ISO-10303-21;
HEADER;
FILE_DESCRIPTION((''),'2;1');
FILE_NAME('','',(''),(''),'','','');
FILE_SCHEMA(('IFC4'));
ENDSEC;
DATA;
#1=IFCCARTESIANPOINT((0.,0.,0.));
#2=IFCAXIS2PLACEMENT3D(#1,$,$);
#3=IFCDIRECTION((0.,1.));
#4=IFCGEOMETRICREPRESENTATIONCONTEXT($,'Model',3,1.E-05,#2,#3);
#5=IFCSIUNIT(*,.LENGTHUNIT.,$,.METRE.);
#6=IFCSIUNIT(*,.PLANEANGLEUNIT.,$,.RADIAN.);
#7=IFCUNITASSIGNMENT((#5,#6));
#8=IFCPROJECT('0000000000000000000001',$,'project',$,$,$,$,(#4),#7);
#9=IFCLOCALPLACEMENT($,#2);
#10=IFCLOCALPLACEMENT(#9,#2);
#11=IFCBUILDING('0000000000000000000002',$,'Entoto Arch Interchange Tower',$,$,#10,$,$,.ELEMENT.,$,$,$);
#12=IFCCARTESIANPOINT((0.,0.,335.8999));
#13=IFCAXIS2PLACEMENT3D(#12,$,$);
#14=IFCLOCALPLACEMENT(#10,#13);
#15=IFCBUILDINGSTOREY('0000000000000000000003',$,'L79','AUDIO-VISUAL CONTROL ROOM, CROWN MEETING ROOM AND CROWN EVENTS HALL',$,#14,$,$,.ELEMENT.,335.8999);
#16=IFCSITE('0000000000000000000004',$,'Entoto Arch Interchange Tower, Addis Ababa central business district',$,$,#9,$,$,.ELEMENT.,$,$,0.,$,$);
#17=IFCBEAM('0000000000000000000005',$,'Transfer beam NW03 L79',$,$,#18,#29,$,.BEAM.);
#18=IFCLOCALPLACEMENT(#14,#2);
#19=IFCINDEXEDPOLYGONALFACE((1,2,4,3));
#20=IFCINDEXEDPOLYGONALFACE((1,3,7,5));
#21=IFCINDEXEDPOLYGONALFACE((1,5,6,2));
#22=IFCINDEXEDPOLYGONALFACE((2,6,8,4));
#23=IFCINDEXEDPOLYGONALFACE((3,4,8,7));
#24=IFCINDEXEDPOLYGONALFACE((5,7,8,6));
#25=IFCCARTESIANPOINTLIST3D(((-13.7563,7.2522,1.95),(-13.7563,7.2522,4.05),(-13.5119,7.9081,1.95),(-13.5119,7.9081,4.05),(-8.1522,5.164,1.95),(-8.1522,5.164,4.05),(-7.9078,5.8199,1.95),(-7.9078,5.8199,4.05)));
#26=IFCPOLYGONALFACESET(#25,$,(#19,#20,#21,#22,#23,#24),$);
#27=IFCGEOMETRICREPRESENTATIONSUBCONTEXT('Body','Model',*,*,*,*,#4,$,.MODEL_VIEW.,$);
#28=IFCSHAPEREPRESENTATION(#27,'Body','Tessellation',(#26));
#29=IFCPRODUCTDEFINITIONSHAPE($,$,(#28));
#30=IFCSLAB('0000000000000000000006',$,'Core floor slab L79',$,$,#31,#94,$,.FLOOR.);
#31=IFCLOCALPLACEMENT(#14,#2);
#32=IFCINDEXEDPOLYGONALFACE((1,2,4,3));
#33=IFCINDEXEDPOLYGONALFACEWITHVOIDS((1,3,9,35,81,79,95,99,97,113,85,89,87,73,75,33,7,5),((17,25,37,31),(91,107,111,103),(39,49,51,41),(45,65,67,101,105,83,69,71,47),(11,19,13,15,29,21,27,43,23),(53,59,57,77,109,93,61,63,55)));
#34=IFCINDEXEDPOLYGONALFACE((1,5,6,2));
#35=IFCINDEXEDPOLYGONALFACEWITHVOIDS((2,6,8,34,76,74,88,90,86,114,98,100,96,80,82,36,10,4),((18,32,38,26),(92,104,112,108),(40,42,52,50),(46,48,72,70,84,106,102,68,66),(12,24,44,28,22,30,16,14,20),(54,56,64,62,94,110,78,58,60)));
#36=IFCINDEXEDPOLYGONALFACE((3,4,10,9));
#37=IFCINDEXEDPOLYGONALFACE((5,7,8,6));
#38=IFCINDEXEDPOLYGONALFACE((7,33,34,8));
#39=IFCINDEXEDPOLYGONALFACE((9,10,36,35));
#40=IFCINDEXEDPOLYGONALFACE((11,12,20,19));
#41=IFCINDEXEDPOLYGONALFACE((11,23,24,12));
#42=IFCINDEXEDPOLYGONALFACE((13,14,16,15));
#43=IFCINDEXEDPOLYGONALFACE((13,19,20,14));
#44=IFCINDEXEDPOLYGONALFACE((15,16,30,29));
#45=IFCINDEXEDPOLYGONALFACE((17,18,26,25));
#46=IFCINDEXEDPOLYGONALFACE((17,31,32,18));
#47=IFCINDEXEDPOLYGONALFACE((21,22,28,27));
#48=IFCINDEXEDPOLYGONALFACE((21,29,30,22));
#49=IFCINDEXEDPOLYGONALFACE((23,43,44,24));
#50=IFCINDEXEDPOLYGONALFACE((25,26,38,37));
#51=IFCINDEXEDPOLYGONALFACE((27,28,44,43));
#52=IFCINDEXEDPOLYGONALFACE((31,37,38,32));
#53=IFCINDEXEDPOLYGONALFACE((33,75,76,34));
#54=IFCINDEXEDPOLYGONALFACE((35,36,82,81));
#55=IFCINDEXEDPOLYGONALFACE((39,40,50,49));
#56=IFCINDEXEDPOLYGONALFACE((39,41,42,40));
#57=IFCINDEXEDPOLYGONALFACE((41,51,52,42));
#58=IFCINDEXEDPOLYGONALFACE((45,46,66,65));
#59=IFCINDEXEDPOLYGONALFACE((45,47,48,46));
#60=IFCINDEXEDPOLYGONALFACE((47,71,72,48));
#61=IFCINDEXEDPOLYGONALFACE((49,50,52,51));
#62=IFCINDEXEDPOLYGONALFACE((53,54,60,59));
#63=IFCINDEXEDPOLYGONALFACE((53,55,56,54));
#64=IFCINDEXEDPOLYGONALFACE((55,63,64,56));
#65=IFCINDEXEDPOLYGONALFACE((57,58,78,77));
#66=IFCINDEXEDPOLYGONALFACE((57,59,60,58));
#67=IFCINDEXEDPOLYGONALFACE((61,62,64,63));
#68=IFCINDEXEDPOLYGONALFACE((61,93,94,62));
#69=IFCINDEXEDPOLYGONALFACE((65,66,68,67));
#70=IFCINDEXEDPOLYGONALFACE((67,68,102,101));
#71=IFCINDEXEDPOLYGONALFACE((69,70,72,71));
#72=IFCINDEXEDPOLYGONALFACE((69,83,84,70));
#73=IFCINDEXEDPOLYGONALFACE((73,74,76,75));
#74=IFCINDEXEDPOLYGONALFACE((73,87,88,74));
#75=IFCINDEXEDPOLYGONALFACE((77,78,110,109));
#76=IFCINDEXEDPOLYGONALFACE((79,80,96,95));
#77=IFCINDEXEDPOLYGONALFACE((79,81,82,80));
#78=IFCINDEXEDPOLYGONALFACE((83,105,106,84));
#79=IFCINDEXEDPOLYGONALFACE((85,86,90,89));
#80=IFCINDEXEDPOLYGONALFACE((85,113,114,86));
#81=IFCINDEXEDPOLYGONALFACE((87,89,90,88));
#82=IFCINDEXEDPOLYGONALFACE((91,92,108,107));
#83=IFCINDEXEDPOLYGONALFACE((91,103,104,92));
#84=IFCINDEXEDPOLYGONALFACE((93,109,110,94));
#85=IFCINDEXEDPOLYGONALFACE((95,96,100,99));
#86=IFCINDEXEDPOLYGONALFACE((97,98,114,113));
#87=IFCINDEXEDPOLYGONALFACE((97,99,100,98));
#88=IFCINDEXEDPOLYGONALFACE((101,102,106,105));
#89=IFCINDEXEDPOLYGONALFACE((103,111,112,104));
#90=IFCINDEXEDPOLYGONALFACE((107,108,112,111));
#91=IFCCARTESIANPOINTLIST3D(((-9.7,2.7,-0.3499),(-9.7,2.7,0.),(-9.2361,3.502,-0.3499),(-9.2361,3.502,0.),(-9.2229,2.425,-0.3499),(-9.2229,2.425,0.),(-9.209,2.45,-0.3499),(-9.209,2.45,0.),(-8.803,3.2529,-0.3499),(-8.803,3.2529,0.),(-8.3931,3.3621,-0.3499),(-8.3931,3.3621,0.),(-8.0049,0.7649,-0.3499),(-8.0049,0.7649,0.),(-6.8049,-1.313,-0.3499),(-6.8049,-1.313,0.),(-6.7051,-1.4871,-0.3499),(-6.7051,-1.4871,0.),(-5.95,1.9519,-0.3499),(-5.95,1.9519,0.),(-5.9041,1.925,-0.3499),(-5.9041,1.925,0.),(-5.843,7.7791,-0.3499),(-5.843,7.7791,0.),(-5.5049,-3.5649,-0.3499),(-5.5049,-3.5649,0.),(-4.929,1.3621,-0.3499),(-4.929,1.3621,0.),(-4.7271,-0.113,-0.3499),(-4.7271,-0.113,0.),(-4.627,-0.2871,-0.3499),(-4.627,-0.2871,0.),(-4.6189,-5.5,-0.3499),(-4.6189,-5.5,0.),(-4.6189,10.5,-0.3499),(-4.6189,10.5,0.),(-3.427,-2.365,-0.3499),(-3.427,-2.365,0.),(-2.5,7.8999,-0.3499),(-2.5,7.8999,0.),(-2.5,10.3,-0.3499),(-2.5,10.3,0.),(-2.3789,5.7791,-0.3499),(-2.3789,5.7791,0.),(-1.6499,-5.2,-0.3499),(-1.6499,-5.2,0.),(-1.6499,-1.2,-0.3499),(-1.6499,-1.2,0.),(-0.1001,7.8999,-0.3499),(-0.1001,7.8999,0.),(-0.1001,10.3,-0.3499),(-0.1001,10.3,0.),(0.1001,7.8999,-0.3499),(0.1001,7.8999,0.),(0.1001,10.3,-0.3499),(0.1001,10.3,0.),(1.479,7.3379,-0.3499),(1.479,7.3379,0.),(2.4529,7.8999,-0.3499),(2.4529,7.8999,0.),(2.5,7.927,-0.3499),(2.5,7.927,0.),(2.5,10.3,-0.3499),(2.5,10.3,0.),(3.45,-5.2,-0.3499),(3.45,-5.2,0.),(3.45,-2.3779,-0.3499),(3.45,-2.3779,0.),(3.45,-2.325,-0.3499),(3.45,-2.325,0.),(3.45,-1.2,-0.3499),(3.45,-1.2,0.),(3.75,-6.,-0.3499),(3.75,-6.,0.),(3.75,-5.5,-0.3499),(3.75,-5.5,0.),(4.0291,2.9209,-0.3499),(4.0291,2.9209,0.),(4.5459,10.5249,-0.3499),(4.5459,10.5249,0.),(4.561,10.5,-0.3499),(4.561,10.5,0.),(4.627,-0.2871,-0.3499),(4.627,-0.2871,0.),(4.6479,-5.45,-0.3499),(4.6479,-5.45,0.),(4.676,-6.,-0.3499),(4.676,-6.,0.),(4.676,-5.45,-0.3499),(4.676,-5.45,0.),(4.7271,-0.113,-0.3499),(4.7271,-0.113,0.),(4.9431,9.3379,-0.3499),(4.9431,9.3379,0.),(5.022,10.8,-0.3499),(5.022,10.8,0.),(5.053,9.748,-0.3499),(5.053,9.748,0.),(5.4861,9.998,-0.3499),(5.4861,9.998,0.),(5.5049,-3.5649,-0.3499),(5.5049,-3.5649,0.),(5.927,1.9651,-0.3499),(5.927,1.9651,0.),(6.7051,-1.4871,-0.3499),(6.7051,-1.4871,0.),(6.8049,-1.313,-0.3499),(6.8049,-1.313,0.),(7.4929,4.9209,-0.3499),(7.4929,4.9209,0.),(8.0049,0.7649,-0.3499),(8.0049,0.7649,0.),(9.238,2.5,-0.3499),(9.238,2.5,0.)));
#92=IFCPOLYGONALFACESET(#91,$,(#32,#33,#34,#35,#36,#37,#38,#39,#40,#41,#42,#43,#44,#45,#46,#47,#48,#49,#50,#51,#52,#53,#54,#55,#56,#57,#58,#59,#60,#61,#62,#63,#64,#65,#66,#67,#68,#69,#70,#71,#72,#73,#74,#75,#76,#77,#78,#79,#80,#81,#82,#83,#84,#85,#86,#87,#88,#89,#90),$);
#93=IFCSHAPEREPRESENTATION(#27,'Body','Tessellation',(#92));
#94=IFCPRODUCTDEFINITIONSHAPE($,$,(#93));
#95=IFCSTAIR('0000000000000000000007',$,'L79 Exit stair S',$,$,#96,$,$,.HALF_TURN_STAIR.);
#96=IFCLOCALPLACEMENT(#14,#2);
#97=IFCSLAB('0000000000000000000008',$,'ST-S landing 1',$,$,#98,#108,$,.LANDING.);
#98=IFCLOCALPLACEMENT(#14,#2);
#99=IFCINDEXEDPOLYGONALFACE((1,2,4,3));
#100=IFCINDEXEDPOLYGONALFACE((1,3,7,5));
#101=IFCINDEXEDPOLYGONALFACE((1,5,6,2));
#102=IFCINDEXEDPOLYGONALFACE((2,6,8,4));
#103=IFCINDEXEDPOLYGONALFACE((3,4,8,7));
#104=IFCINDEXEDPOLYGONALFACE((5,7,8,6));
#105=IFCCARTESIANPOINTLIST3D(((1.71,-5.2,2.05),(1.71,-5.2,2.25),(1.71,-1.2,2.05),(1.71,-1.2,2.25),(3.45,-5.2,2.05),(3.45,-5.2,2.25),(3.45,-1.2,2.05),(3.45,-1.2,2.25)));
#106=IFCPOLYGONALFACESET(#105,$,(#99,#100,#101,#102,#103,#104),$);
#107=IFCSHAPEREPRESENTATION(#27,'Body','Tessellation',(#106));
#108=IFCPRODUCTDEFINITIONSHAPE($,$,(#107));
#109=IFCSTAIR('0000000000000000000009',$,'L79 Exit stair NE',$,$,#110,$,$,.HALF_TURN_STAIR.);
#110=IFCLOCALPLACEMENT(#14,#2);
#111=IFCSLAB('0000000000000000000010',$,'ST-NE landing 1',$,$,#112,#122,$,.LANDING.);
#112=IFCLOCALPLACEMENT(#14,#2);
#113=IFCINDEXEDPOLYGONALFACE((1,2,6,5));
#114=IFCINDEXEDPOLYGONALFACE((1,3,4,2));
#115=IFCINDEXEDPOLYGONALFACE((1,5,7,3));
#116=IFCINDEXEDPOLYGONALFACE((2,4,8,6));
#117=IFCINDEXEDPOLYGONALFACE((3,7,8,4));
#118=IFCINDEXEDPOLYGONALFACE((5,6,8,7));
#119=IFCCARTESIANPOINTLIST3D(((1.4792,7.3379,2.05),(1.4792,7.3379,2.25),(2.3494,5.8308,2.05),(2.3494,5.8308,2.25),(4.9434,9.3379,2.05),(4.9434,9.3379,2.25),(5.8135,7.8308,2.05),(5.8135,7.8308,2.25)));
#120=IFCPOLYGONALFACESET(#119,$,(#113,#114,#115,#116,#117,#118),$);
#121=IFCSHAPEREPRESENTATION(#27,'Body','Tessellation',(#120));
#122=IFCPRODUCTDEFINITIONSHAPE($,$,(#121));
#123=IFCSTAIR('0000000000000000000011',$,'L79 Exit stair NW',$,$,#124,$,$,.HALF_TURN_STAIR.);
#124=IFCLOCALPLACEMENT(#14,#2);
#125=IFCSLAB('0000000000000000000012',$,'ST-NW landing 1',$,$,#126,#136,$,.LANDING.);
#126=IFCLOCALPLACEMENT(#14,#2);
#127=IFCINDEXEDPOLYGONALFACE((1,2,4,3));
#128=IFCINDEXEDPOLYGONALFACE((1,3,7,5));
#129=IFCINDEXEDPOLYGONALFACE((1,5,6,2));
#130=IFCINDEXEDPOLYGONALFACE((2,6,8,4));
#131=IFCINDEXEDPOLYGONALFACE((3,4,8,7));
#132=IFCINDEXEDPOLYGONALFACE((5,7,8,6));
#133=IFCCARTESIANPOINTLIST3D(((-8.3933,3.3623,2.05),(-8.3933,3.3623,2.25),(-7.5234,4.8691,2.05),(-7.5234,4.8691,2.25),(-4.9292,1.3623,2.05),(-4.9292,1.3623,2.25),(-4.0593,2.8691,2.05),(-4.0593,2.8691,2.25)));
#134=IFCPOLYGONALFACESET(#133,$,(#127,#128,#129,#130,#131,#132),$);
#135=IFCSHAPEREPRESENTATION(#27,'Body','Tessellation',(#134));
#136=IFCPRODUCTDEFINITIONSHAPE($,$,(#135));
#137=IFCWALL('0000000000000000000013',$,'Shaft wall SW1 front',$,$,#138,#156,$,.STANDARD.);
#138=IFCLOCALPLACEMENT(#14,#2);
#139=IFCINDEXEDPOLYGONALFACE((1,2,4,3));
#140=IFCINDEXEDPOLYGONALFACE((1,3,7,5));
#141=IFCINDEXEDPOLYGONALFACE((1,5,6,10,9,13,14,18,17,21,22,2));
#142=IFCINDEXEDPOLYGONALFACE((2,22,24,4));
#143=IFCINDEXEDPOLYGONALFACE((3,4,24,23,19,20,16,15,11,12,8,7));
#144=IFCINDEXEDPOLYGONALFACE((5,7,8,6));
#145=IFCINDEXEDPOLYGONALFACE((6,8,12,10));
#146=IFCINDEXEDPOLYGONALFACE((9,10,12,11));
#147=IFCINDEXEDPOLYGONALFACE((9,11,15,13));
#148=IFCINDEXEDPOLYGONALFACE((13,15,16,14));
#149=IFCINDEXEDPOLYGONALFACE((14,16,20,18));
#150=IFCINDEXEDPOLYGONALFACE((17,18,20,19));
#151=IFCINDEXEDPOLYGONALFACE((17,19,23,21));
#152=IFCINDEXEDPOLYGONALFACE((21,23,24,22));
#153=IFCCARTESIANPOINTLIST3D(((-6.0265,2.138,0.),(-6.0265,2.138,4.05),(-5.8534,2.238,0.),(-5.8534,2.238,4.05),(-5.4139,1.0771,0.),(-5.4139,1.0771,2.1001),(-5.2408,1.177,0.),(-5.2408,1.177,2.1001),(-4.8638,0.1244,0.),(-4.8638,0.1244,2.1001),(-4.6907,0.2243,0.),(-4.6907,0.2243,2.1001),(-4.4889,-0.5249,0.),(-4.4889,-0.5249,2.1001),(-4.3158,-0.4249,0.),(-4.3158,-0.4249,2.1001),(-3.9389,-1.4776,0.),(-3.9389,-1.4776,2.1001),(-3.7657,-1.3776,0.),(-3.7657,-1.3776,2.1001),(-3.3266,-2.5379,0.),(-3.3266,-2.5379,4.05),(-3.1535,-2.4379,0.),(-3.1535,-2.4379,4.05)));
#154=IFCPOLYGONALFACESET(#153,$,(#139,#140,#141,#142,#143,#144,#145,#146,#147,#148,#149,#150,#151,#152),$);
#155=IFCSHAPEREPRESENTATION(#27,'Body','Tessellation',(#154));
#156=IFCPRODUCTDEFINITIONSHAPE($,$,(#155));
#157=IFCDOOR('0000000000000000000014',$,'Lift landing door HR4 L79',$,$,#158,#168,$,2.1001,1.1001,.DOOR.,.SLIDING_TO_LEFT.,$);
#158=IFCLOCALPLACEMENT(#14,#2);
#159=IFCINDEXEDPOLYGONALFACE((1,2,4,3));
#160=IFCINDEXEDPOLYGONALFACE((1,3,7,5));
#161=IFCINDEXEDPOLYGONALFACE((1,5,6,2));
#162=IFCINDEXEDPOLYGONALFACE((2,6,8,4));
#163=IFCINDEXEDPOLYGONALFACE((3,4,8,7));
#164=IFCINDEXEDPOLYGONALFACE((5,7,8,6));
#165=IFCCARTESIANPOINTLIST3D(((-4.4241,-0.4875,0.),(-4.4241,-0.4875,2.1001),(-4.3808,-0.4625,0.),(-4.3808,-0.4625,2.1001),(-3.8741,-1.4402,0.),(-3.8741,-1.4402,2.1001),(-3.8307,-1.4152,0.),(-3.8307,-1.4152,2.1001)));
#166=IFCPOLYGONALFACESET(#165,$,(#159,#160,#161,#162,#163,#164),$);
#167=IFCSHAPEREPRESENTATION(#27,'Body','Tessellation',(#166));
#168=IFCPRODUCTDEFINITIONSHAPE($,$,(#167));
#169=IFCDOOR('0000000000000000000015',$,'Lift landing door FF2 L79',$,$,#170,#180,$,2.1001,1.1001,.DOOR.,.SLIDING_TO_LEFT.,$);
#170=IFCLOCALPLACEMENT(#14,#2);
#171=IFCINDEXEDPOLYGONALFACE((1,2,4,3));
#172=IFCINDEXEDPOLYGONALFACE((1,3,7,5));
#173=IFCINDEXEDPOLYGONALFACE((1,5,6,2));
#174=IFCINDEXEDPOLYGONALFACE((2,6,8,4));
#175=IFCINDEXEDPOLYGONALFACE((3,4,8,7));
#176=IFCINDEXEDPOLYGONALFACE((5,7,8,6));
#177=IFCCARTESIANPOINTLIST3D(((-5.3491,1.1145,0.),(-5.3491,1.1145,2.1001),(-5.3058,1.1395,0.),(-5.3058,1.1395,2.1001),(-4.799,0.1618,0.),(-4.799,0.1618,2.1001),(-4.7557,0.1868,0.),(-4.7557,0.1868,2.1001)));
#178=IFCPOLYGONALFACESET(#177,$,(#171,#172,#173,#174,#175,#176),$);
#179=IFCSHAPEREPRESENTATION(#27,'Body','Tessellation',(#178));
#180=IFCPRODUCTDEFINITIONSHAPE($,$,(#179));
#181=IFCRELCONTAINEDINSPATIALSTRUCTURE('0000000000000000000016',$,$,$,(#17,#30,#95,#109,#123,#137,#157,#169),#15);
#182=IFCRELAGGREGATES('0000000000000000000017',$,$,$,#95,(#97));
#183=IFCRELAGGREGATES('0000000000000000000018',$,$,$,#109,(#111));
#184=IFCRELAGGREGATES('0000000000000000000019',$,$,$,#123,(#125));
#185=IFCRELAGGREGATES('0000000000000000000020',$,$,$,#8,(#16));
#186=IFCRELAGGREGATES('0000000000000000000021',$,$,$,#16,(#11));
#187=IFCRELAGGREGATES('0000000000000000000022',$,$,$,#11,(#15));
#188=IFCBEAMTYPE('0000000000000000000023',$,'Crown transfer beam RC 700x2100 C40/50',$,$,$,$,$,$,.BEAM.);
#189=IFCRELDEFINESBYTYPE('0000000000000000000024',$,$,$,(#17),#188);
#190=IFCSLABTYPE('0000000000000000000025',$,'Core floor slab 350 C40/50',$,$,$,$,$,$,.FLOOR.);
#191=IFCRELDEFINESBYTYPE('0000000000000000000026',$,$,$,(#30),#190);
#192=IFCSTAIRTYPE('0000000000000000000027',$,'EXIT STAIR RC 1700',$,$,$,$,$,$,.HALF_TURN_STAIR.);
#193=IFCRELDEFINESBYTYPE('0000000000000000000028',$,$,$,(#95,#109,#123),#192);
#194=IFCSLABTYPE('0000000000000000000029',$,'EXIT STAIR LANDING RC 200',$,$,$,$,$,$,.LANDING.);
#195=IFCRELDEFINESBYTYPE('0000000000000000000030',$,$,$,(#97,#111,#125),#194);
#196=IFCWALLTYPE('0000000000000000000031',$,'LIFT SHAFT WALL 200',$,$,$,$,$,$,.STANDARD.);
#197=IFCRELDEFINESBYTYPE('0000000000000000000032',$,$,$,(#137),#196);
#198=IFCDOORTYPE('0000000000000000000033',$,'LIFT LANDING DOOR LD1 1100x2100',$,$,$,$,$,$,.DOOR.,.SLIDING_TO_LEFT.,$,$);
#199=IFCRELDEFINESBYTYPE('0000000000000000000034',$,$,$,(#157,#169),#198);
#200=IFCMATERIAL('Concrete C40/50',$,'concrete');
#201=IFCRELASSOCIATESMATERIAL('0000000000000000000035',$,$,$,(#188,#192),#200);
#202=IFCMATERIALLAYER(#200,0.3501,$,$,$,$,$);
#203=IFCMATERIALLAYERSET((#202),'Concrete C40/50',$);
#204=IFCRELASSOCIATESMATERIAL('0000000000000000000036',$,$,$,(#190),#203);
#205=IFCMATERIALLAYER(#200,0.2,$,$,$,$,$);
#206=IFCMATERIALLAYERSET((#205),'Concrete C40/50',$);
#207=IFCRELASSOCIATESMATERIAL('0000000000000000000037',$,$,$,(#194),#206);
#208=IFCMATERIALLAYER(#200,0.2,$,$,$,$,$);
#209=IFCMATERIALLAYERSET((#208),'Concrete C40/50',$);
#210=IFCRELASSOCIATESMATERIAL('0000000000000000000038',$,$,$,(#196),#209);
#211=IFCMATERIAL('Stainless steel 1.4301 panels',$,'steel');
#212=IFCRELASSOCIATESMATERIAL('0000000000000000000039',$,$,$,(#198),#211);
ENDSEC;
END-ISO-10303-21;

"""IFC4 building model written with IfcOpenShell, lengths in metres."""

from ifc_helpers import new_model, si_unit, direction, frame, frame_2d, origin, origin_2d, place, context, subcontext, project, spatial, polyline, rectangle, outline, extrude, material, layer, layer_set, material_profile, profile_set, type_object, element, fill, aggregate, save


model = new_model("IFC4")

# Units and contexts
model_context = context("Model", 3, precision=1e-05, world=origin(), true_north=direction((0.0, 1.0)))
body_context = subcontext(model_context, "Body", "Model", "MODEL_VIEW")
ifc_project = project(units=[si_unit("LENGTHUNIT", "METRE"), si_unit("PLANEANGLEUNIT", "RADIAN")], contexts=[model_context])

# Site, building, storey
site_placement = place(None, origin())
site = spatial("IfcSite", under=ifc_project, at=site_placement, Name="Entoto Arch Interchange Tower, Addis Ababa central business district", CompositionType="ELEMENT", RefElevation=0.0)
building_placement = place(site_placement, origin())
building = spatial("IfcBuilding", under=site, at=building_placement, Name="Entoto Arch Interchange Tower", CompositionType="ELEMENT")
storey_placement = place(building_placement, frame((0.0, 0.0, 335.8999)))
storey = spatial("IfcBuildingStorey", under=building, at=storey_placement, Name="L79", Description="AUDIO-VISUAL CONTROL ROOM, CROWN MEETING ROOM AND CROWN EVENTS HALL", CompositionType="ELEMENT", Elevation=335.8999)

# Beam
ifc_material_1 = material(Name="Concrete C40/50", Category="concrete")
ifc_material_profile = material_profile(ifc_material_1, rectangle(XDim=0.7, YDim=2.1001, at=origin_2d()))
ifc_profile_set = profile_set([ifc_material_profile], Name="Concrete C40/50")
beam_type = type_object("IfcBeamType", Name="Crown transfer beam RC 700x2100 C40/50", PredefinedType="BEAM", material=ifc_profile_set)
beam_placement = place(storey_placement, frame((-8.03, 5.4919, 3.0), z_axis=(-0.937062, 0.349163, 0.0), x_axis=(-0.349163, -0.937062, 0.0)))
element("IfcBeam", 1, at=beam_placement, inside=storey, type_object=beam_type, Name="Transfer beam NW03 L79", PredefinedType="BEAM", context=body_context, shape_type="SweptSolid", body=[
    extrude(rectangle(XDim=0.7, YDim=2.1001, at=origin_2d()), origin(), (0.0, 0.0, 1.0), 5.9805),
])

# Slab
ifc_layer_1 = layer(ifc_material_1, 0.3501)
ifc_layer_set_1 = layer_set([ifc_layer_1], Name="Concrete C40/50")
slab_type_1 = type_object("IfcSlabType", Name="Core floor slab 350 C40/50", PredefinedType="FLOOR", material=ifc_layer_set_1)
slab_1_placement = place(storey_placement, frame((0.0, 0.0, -0.3499)))
element("IfcSlab", 2, at=slab_1_placement, inside=storey, type_object=slab_type_1, Name="Core floor slab L79", PredefinedType="FLOOR", context=body_context, shape_type="SweptSolid", body=[
    extrude(outline(polyline([(-9.209, 2.45), (-9.2229, 2.425), (-9.7, 2.7), (-9.2361, 3.502), (-8.803, 3.2529), (-4.6189, 10.5), (4.561, 10.5), (4.5459, 10.5249), (5.022, 10.8), (5.4861, 9.998), (5.053, 9.748), (9.238, 2.5), (4.6479, -5.45), (4.676, -5.45), (4.676, -6.0), (3.75, -6.0), (3.75, -5.5), (-4.6189, -5.5), (-9.209, 2.45)]), holes=[polyline([(-1.6499, -5.2), (3.45, -5.2), (3.45, -2.3779), (5.5049, -3.5649), (6.7051, -1.4871), (4.627, -0.2871), (3.45, -2.325), (3.45, -1.2), (-1.6499, -1.2), (-1.6499, -5.2)]), polyline([(-4.627, -0.2871), (-6.7051, -1.4871), (-5.5049, -3.5649), (-3.427, -2.365), (-4.627, -0.2871)]), polyline([(-5.9041, 1.925), (-4.929, 1.3621), (-2.3789, 5.7791), (-5.843, 7.7791), (-8.3931, 3.3621), (-5.95, 1.9519), (-8.0049, 0.7649), (-6.8049, -1.313), (-4.7271, -0.113), (-5.9041, 1.925)]), polyline([(4.7271, -0.113), (6.8049, -1.313), (8.0049, 0.7649), (5.927, 1.9651), (4.7271, -0.113)]), polyline([(2.5, 7.927), (2.5, 10.3), (0.1001, 10.3), (0.1001, 7.8999), (2.4529, 7.8999), (1.479, 7.3379), (4.0291, 2.9209), (7.4929, 4.9209), (4.9431, 9.3379), (2.5, 7.927)]), polyline([(-2.5, 7.8999), (-0.1001, 7.8999), (-0.1001, 10.3), (-2.5, 10.3), (-2.5, 7.8999)])]), origin(), (0.0, 0.0, 1.0), 0.3499),
])

# Stairs, slabs
stair_type = type_object("IfcStairType", Name="EXIT STAIR RC 1700", PredefinedType="HALF_TURN_STAIR", material=ifc_material_1)
stair_1_placement = place(storey_placement, origin())
stair_1 = element("IfcStair", 3, at=stair_1_placement, inside=storey, type_object=stair_type, Name="L79 Exit stair S", PredefinedType="HALF_TURN_STAIR")
ifc_layer_2 = layer(ifc_material_1, 0.2)
ifc_layer_set_2 = layer_set([ifc_layer_2], Name="Concrete C40/50")
slab_type_2 = type_object("IfcSlabType", Name="EXIT STAIR LANDING RC 200", PredefinedType="LANDING", material=ifc_layer_set_2)
slab_2_placement = place(storey_placement, frame((0.0, 0.0, 2.05)))
slab_2 = element("IfcSlab", 4, at=slab_2_placement, type_object=slab_type_2, Name="ST-S landing 1", PredefinedType="LANDING", context=body_context, shape_type="SweptSolid", body=[
    extrude(outline(polyline([(1.71, -5.2), (3.45, -5.2), (3.45, -1.2), (1.71, -1.2), (1.71, -5.2)])), origin(), (0.0, 0.0, 1.0), 0.2),
])
aggregate(stair_1, [slab_2])
stair_2_placement = place(storey_placement, origin())
stair_2 = element("IfcStair", 5, at=stair_2_placement, inside=storey, type_object=stair_type, Name="L79 Exit stair NE", PredefinedType="HALF_TURN_STAIR")
slab_3_placement = place(storey_placement, frame((0.0, 0.0, 2.05)))
slab_3 = element("IfcSlab", 6, at=slab_3_placement, type_object=slab_type_2, Name="ST-NE landing 1", PredefinedType="LANDING", context=body_context, shape_type="SweptSolid", body=[
    extrude(outline(polyline([(5.8135, 7.8308), (4.9434, 9.3379), (1.4792, 7.3379), (2.3494, 5.8308), (5.8135, 7.8308)])), origin(), (0.0, 0.0, 1.0), 0.2),
])
aggregate(stair_2, [slab_3])
stair_3_placement = place(storey_placement, origin())
stair_3 = element("IfcStair", 7, at=stair_3_placement, inside=storey, type_object=stair_type, Name="L79 Exit stair NW", PredefinedType="HALF_TURN_STAIR")
slab_4_placement = place(storey_placement, frame((0.0, 0.0, 2.05)))
slab_4 = element("IfcSlab", 8, at=slab_4_placement, type_object=slab_type_2, Name="ST-NW landing 1", PredefinedType="LANDING", context=body_context, shape_type="SweptSolid", body=[
    extrude(outline(polyline([(-7.5234, 4.8691), (-8.3933, 3.3623), (-4.9292, 1.3623), (-4.0593, 2.8691), (-7.5234, 4.8691)])), origin(), (0.0, 0.0, 1.0), 0.2),
])

# Wall, openings, doors
ifc_layer_3 = layer(ifc_material_1, 0.2)
ifc_layer_set_3 = layer_set([ifc_layer_3], Name="Concrete C40/50")
wall_type_1 = type_object("IfcWallType", Name="LIFT SHAFT WALL 200", PredefinedType="STANDARD", material=ifc_layer_set_3)
wall_1_placement = place(storey_placement, frame((-5.9399, 2.188, 0.0), z_axis=(0.0, 0.0, 1.0), x_axis=(0.500034, -0.866006, 0.0)))
wall_1 = element("IfcWall", 9, at=wall_1_placement, inside=storey, type_object=wall_type_1, Name="Shaft wall SW1 front", PredefinedType="STANDARD", context=body_context, shape_type="SweptSolid", body=[
    extrude(rectangle(XDim=5.3994, YDim=0.2, at=frame_2d((2.6997, 0.0))), origin(), (0.0, 0.0, 1.0), 4.05),
])
opening_1_placement = place(wall_1_placement, frame((3.075, 0.0, 0.0)))
opening_1 = element("IfcOpeningElement", 10, at=opening_1_placement, cuts=wall_1, PredefinedType="OPENING", context=body_context, shape_type="SweptSolid", body=[
    extrude(rectangle(XDim=1.1001, YDim=2.1001, at=frame_2d((0.55, 1.05))), frame((0.0, 0.1099, 0.0), z_axis=(0.0, -1.0, 0.0), x_axis=(1.0, 0.0, 0.0)), (0.0, 0.0, 1.0), 0.22),
])
opening_2_placement = place(wall_1_placement, frame((1.2251, 0.0, 0.0)))
opening_2 = element("IfcOpeningElement", 11, at=opening_2_placement, cuts=wall_1, PredefinedType="OPENING", context=body_context, shape_type="SweptSolid", body=[
    extrude(rectangle(XDim=1.1001, YDim=2.1001, at=frame_2d((0.55, 1.05))), frame((0.0, 0.1099, 0.0), z_axis=(0.0, -1.0, 0.0), x_axis=(1.0, 0.0, 0.0)), (0.0, 0.0, 1.0), 0.22),
])
ifc_material_2 = material(Name="Stainless steel 1.4301 panels", Category="steel")
door_type_1 = type_object("IfcDoorType", Name="LIFT LANDING DOOR LD1 1100x2100", OperationType="SLIDING_TO_LEFT", PredefinedType="DOOR", material=ifc_material_2)
door_1_placement = place(opening_1_placement, origin())
door_1 = element("IfcDoor", 12, at=door_1_placement, inside=storey, type_object=door_type_1, Name="Lift landing door HR4 L79", OperationType="SLIDING_TO_LEFT", OverallHeight=2.1001, OverallWidth=1.1001, PredefinedType="DOOR", context=body_context, shape_type="SweptSolid", body=[
    extrude(rectangle(XDim=1.1001, YDim=2.1001, at=frame_2d((0.55, 1.05))), frame((0.0, 0.0249, 0.0), z_axis=(0.0, -1.0, 0.0), x_axis=(1.0, 0.0, 0.0)), (0.0, 0.0, 1.0), 0.05),
])
fill(opening_1, door_1)
door_2_placement = place(opening_2_placement, origin())
door_2 = element("IfcDoor", 13, at=door_2_placement, inside=storey, type_object=door_type_1, Name="Lift landing door FF2 L79", OperationType="SLIDING_TO_LEFT", OverallHeight=2.1001, OverallWidth=1.1001, PredefinedType="DOOR", context=body_context, shape_type="SweptSolid", body=[
    extrude(rectangle(XDim=1.1001, YDim=2.1001, at=frame_2d((0.55, 1.05))), frame((0.0, 0.0249, 0.0), z_axis=(0.0, -1.0, 0.0), x_axis=(1.0, 0.0, 0.0)), (0.0, 0.0, 1.0), 0.05),
])
fill(opening_2, door_2)

aggregate(stair_3, [slab_4])

save(model, "model.ifc")
